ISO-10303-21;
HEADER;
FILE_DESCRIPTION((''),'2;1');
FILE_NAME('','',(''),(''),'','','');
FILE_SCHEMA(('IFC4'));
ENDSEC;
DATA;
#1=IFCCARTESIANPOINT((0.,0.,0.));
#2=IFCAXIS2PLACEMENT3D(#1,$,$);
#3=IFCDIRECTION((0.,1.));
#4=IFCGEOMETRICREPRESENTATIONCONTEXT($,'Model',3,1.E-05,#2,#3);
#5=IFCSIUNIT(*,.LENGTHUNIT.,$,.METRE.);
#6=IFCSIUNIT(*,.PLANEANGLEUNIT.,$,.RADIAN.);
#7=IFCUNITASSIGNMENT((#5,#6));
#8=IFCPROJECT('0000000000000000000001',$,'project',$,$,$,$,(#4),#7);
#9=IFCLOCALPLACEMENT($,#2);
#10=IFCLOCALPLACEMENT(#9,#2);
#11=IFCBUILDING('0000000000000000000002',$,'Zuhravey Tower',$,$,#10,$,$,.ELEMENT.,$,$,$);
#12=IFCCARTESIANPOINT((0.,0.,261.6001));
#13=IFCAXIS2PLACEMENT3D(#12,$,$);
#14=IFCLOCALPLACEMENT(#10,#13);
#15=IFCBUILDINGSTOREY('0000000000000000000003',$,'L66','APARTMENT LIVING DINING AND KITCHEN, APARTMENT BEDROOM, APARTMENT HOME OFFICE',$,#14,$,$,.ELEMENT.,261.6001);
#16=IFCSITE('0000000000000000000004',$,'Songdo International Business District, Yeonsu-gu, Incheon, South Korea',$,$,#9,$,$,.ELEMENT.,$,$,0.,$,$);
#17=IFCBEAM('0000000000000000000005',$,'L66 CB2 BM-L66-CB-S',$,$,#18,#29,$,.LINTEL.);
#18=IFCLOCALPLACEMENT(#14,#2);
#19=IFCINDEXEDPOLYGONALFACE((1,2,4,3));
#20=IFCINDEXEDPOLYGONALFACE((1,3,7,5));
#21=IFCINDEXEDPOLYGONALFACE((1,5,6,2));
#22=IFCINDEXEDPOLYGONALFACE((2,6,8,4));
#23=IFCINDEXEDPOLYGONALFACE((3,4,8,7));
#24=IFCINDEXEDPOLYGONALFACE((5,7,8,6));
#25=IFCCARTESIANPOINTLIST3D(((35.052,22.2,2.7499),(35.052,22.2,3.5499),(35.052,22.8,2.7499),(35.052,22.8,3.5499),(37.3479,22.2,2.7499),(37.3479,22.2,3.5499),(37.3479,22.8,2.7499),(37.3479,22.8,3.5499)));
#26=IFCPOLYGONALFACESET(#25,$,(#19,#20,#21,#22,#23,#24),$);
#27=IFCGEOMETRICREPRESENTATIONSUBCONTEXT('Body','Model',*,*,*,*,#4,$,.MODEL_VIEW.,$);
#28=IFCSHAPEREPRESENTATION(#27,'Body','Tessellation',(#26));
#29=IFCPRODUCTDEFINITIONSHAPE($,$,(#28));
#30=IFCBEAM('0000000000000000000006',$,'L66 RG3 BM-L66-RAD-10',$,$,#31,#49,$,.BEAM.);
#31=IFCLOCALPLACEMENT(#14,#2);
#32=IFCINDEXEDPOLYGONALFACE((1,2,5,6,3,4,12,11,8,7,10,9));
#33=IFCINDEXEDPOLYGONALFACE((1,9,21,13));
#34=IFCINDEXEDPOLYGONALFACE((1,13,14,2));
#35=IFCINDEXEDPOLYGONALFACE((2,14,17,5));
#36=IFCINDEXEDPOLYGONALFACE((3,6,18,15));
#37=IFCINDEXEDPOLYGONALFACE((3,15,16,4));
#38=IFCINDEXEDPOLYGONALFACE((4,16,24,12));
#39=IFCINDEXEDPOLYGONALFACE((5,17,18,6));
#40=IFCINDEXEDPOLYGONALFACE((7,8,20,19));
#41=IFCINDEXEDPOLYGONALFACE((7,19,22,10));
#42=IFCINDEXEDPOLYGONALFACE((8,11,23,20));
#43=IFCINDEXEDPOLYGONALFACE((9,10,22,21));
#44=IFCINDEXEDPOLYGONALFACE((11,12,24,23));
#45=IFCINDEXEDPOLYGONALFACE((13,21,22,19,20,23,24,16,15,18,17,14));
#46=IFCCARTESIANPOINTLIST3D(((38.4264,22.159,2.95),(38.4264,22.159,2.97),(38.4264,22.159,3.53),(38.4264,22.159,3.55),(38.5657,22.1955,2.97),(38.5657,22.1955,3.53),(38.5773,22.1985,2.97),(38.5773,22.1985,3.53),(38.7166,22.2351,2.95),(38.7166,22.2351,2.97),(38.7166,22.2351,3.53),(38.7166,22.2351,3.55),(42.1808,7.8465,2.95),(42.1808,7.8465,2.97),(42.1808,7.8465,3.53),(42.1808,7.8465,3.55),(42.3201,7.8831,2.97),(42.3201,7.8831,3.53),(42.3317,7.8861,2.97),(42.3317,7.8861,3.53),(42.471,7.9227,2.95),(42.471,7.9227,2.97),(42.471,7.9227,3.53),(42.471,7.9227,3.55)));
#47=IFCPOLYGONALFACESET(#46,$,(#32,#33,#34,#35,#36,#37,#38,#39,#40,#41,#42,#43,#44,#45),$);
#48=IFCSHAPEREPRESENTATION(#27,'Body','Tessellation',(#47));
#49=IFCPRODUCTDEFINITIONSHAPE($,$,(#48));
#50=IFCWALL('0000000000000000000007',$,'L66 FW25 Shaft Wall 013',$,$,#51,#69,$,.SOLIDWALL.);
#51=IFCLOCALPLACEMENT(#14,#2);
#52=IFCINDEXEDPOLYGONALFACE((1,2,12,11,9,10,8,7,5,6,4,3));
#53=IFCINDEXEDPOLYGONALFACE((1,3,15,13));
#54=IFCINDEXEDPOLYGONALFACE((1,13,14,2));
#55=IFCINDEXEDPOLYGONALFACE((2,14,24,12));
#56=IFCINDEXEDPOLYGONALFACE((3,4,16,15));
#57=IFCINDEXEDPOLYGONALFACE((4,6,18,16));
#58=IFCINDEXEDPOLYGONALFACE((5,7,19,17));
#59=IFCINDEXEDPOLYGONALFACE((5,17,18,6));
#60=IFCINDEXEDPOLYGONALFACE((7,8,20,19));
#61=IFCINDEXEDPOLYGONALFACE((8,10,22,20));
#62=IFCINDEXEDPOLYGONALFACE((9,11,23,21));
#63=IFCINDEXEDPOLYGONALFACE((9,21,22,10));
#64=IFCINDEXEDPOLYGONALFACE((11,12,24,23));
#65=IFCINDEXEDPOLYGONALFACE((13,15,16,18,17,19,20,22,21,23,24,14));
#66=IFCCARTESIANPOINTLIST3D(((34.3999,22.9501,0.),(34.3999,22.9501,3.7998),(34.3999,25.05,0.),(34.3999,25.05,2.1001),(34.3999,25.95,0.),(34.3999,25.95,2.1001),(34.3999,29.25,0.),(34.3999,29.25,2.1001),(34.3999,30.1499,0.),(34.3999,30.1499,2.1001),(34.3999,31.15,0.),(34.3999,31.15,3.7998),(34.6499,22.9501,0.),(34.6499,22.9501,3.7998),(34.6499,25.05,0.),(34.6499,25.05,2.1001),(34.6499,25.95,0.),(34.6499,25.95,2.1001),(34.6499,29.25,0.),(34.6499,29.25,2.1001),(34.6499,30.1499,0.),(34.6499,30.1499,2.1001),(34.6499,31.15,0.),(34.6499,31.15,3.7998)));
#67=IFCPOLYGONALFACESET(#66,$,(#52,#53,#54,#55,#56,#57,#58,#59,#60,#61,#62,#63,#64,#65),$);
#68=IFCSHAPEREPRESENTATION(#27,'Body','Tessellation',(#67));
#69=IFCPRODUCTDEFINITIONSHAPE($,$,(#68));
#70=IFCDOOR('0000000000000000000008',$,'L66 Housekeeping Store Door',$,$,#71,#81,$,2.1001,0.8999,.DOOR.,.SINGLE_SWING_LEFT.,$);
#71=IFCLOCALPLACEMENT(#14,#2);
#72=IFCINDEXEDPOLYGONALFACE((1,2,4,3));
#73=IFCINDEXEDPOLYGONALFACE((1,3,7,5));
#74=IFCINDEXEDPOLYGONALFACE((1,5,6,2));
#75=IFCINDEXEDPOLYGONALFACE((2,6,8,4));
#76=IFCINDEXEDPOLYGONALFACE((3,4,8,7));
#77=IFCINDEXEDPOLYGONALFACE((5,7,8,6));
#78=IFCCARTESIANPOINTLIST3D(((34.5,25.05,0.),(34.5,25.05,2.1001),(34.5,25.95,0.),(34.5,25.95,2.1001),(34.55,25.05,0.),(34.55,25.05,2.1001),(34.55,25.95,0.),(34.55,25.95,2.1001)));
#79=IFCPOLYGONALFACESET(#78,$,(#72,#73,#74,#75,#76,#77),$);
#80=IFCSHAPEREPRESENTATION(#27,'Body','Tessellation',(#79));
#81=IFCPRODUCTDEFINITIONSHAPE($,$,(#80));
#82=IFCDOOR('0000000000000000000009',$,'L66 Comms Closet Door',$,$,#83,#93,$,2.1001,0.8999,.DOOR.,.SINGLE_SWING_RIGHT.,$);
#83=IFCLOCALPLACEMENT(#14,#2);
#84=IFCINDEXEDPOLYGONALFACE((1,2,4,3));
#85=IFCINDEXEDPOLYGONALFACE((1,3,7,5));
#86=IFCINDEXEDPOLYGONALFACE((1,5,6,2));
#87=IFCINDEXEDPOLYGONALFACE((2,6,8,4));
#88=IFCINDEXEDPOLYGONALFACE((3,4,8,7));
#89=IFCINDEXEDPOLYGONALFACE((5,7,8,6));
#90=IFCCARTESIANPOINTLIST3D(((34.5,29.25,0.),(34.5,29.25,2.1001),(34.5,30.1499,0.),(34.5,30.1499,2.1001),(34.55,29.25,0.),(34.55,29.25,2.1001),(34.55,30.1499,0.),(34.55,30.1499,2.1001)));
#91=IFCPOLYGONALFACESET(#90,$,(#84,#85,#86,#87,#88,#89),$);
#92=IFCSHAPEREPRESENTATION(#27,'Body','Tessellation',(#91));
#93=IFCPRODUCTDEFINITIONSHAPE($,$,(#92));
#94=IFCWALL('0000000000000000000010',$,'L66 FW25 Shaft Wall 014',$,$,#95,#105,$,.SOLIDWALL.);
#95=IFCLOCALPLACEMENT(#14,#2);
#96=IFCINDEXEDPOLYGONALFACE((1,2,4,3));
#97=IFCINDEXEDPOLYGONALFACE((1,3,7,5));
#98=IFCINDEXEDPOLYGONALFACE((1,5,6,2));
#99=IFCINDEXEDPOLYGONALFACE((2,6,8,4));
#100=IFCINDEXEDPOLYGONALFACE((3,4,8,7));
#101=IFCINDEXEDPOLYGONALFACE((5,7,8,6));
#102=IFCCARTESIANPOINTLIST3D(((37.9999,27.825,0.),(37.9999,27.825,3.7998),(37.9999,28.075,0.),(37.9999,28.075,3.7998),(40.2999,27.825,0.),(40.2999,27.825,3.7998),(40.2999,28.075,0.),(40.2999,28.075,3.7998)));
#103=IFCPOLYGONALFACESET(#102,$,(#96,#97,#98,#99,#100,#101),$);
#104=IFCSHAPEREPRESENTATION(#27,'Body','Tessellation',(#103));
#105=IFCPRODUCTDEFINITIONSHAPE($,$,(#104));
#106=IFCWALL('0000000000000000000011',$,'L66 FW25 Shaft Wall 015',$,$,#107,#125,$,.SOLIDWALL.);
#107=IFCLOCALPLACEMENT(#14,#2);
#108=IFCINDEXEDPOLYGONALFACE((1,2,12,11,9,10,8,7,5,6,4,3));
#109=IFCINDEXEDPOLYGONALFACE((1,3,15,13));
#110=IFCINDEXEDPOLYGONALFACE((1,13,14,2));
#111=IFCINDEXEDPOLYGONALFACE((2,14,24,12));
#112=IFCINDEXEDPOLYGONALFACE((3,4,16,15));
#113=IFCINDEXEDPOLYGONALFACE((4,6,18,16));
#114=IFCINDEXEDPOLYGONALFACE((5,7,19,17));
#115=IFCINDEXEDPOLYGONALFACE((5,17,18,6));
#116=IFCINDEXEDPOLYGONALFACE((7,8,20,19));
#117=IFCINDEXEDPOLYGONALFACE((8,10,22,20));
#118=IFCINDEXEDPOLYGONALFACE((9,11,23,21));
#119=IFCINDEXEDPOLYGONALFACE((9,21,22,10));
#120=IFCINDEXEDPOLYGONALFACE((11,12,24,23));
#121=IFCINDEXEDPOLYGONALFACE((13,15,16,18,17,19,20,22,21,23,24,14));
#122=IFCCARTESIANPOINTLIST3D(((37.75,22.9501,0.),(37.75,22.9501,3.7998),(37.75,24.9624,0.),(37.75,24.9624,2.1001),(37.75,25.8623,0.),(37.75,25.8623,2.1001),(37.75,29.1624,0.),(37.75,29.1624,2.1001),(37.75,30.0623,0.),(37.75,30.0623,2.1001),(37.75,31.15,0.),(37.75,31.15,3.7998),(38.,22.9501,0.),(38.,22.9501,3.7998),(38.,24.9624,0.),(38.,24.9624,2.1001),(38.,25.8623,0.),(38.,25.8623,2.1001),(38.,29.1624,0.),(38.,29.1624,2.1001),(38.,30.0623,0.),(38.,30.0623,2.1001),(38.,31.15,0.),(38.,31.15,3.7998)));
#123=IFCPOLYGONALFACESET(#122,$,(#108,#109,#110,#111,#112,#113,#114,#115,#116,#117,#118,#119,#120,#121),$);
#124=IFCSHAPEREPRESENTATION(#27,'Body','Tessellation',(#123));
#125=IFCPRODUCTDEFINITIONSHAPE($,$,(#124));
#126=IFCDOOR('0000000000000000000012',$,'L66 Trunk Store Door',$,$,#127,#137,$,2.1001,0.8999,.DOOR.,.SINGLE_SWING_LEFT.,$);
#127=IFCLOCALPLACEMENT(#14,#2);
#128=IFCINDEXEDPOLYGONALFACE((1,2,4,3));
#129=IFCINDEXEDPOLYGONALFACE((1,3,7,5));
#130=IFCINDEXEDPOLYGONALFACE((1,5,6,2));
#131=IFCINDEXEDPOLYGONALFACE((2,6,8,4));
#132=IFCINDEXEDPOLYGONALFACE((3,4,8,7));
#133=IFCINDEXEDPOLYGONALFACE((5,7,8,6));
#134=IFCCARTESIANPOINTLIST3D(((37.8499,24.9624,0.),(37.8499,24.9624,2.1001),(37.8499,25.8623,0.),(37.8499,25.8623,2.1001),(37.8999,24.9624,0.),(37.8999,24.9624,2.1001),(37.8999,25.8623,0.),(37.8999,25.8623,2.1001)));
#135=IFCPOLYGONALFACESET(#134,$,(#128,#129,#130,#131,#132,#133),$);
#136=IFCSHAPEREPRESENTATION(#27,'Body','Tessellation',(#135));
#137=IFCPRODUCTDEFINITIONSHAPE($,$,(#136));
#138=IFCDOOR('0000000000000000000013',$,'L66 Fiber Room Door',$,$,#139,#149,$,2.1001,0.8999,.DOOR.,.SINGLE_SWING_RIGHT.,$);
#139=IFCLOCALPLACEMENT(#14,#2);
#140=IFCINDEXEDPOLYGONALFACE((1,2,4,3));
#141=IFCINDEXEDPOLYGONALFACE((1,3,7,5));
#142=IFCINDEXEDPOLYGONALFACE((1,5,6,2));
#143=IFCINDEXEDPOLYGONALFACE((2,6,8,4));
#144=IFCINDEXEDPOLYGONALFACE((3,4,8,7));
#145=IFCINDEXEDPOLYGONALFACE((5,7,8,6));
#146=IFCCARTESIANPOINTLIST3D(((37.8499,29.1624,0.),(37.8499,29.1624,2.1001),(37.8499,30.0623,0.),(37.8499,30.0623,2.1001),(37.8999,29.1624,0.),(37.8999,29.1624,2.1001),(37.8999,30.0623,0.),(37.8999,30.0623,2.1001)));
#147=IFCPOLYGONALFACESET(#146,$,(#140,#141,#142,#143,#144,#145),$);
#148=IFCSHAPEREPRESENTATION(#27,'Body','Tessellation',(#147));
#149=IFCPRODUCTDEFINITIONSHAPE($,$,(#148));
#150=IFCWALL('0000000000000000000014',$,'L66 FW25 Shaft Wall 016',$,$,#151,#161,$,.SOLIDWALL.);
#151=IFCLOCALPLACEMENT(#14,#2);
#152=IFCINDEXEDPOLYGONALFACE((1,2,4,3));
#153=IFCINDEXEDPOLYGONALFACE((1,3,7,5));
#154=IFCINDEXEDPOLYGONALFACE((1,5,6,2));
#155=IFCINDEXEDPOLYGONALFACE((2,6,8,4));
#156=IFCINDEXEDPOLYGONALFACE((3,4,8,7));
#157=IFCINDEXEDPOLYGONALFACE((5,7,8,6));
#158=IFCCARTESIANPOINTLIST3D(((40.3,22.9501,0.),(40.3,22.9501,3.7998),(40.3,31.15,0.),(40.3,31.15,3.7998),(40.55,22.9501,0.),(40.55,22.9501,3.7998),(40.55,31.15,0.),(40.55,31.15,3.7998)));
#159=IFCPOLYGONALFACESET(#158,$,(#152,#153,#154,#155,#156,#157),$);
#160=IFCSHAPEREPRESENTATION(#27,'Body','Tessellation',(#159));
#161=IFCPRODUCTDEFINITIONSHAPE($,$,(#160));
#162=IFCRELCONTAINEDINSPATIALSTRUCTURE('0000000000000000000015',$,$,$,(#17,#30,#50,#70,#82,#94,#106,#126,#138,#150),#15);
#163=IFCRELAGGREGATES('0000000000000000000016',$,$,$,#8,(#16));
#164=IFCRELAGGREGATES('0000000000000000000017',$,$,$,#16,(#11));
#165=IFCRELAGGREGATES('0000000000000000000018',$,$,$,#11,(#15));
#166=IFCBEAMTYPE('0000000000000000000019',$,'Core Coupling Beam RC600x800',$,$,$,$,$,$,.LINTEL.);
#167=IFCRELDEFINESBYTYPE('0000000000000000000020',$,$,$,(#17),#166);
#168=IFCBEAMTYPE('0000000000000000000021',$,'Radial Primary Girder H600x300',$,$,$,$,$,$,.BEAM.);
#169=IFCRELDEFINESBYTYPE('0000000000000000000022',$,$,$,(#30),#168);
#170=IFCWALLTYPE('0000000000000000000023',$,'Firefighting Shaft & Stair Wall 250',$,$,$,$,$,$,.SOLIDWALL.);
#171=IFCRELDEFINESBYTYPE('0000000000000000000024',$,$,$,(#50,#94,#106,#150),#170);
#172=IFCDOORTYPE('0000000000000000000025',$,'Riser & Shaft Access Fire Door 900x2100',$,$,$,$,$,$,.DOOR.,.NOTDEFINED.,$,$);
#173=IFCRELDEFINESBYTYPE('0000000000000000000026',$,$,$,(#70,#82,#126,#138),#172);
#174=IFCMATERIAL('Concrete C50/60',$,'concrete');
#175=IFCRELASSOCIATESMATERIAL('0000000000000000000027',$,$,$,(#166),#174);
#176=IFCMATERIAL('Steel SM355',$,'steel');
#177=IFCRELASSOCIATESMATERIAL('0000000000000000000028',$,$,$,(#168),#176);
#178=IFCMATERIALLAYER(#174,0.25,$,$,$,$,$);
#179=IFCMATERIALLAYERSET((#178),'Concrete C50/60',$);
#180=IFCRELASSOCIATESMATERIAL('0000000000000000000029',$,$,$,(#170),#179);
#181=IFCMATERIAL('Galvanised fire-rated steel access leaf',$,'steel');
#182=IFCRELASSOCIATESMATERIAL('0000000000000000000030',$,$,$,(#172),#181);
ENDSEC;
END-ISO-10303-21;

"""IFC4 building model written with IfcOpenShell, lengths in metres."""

from ifc_helpers import new_model, si_unit, direction, frame, frame_2d, origin, origin_2d, place, context, subcontext, project, spatial, rectangle, i_section, extrude, material, layer, layer_set, material_profile, profile_set, type_object, element, fill, save


model = new_model("IFC4")

# Units and contexts
model_context = context("Model", 3, precision=1e-05, world=origin(), true_north=direction((0.0, 1.0)))
body_context = subcontext(model_context, "Body", "Model", "MODEL_VIEW")
ifc_project = project(units=[si_unit("LENGTHUNIT", "METRE"), si_unit("PLANEANGLEUNIT", "RADIAN")], contexts=[model_context])

# Site, building, storey
site_placement = place(None, origin())
site = spatial("IfcSite", under=ifc_project, at=site_placement, Name="Songdo International Business District, Yeonsu-gu, Incheon, South Korea", CompositionType="ELEMENT", RefElevation=0.0)
building_placement = place(site_placement, origin())
building = spatial("IfcBuilding", under=site, at=building_placement, Name="Zuhravey Tower", CompositionType="ELEMENT")
storey_placement = place(building_placement, frame((0.0, 0.0, 261.6001)))
storey = spatial("IfcBuildingStorey", under=building, at=storey_placement, Name="L66", Description="APARTMENT LIVING DINING AND KITCHEN, APARTMENT BEDROOM, APARTMENT HOME OFFICE", CompositionType="ELEMENT", Elevation=261.6001)

# Beams
ifc_material_1 = material(Name="Concrete C50/60", Category="concrete")
ifc_material_profile_1 = material_profile(ifc_material_1, rectangle(XDim=0.6001, YDim=0.8, at=origin_2d()), Name="RC-600x800")
ifc_profile_set_1 = profile_set([ifc_material_profile_1], Name="Concrete C50/60")
beam_type_1 = type_object("IfcBeamType", Name="Core Coupling Beam RC600x800", PredefinedType="LINTEL", material=ifc_profile_set_1)
beam_1_placement = place(storey_placement, frame((35.052, 22.5, 3.1499), z_axis=(1.0, 0.0, 0.0), x_axis=(0.0, 1.0, 0.0)))
element("IfcBeam", 1, at=beam_1_placement, inside=storey, type_object=beam_type_1, Name="L66 CB2 BM-L66-CB-S", PredefinedType="LINTEL", context=body_context, shape_type="SweptSolid", body=[
    extrude(rectangle(XDim=0.6001, YDim=0.8, at=origin_2d()), origin(), (0.0, 0.0, 1.0), 2.2959),
])
ifc_material_2 = material(Name="Steel SM355", Category="steel")
ifc_material_profile_2 = material_profile(ifc_material_2, i_section(OverallWidth=0.3, OverallDepth=0.6001, WebThickness=0.012, FlangeThickness=0.02, at=origin_2d()), Name="H-600x300x12x20")
ifc_profile_set_2 = profile_set([ifc_material_profile_2], Name="Steel SM355")
beam_type_2 = type_object("IfcBeamType", Name="Radial Primary Girder H600x300", PredefinedType="BEAM", material=ifc_profile_set_2)
beam_2_placement = place(storey_placement, frame((38.5715, 22.197, 3.25), z_axis=(0.253731, -0.967275, 0.0), x_axis=(0.967275, 0.253731, 0.0)))
element("IfcBeam", 2, at=beam_2_placement, inside=storey, type_object=beam_type_2, Name="L66 RG3 BM-L66-RAD-10", PredefinedType="BEAM", context=body_context, shape_type="SweptSolid", body=[
    extrude(i_section(OverallWidth=0.3, OverallDepth=0.6001, WebThickness=0.012, FlangeThickness=0.02, at=origin_2d()), origin(), (0.0, 0.0, 1.0), 14.7966),
])

# Shared definitions
ifc_layer_1 = layer(ifc_material_1, 0.25)
ifc_layer_set_1 = layer_set([ifc_layer_1], Name="Concrete C50/60")
wall_type_1 = type_object("IfcWallType", Name="Firefighting Shaft & Stair Wall 250", PredefinedType="SOLIDWALL", material=ifc_layer_set_1)

# Wall, openings, doors
wall_1_placement = place(storey_placement, frame((34.5249, 22.95, 0.0), z_axis=(0.0, 0.0, 1.0), x_axis=(0.0, 1.0, 0.0)))
wall_1 = element("IfcWall", 3, at=wall_1_placement, inside=storey, type_object=wall_type_1, Name="L66 FW25 Shaft Wall 013", PredefinedType="SOLIDWALL", context=body_context, shape_type="SweptSolid", body=[
    extrude(rectangle(XDim=8.2, YDim=0.25, at=frame_2d((4.1001, 0.0))), origin(), (0.0, 0.0, 1.0), 3.7998),
])
opening_1_placement = place(wall_1_placement, frame((2.1001, 0.0, 0.0)))
opening_1 = element("IfcOpeningElement", 4, at=opening_1_placement, cuts=wall_1, PredefinedType="OPENING", context=body_context, shape_type="SweptSolid", body=[
    extrude(rectangle(XDim=0.8999, YDim=2.1001, at=frame_2d((0.45, 1.05))), frame((0.0, 0.137, 0.0), z_axis=(0.0, -1.0, 0.0), x_axis=(1.0, 0.0, 0.0)), (0.0, 0.0, 1.0), 0.2739),
])
opening_2_placement = place(wall_1_placement, frame((6.3, 0.0, 0.0)))
opening_2 = element("IfcOpeningElement", 5, at=opening_2_placement, cuts=wall_1, PredefinedType="OPENING", context=body_context, shape_type="SweptSolid", body=[
    extrude(rectangle(XDim=0.8999, YDim=2.1001, at=frame_2d((0.45, 1.05))), frame((0.0, 0.137, 0.0), z_axis=(0.0, -1.0, 0.0), x_axis=(1.0, 0.0, 0.0)), (0.0, 0.0, 1.0), 0.2739),
])
ifc_material_3 = material(Name="Galvanised fire-rated steel access leaf", Category="steel")
door_type_1 = type_object("IfcDoorType", Name="Riser & Shaft Access Fire Door 900x2100", OperationType="NOTDEFINED", PredefinedType="DOOR", material=ifc_material_3)
door_1_placement = place(opening_1_placement, origin())
door_1 = element("IfcDoor", 6, at=door_1_placement, inside=storey, type_object=door_type_1, Name="L66 Housekeeping Store Door", OperationType="SINGLE_SWING_LEFT", OverallHeight=2.1001, OverallWidth=0.8999, PredefinedType="DOOR", context=body_context, shape_type="SweptSolid", body=[
    extrude(rectangle(XDim=0.8999, YDim=2.1001, at=frame_2d((0.45, 1.05))), frame((0.0, 0.0249, 0.0), z_axis=(0.0, -1.0, 0.0), x_axis=(1.0, 0.0, 0.0)), (0.0, 0.0, 1.0), 0.05),
])
fill(opening_1, door_1)
door_2_placement = place(opening_2_placement, origin())
door_2 = element("IfcDoor", 7, at=door_2_placement, inside=storey, type_object=door_type_1, Name="L66 Comms Closet Door", OperationType="SINGLE_SWING_RIGHT", OverallHeight=2.1001, OverallWidth=0.8999, PredefinedType="DOOR", context=body_context, shape_type="SweptSolid", body=[
    extrude(rectangle(XDim=0.8999, YDim=2.1001, at=frame_2d((0.45, 1.05))), frame((0.0, 0.0249, 0.0), z_axis=(0.0, -1.0, 0.0), x_axis=(1.0, 0.0, 0.0)), (0.0, 0.0, 1.0), 0.05),
])
fill(opening_2, door_2)

# Wall
wall_2_placement = place(storey_placement, frame((38.0, 27.95, 0.0), z_axis=(0.0, 0.0, 1.0), x_axis=(1.0, 0.0, 0.0)))
element("IfcWall", 8, at=wall_2_placement, inside=storey, type_object=wall_type_1, Name="L66 FW25 Shaft Wall 014", PredefinedType="SOLIDWALL", context=body_context, shape_type="SweptSolid", body=[
    extrude(rectangle(XDim=2.3, YDim=0.25, at=frame_2d((1.1499, 0.0))), origin(), (0.0, 0.0, 1.0), 3.7998),
])

# Wall, openings, doors
wall_3_placement = place(storey_placement, frame((37.875, 22.95, 0.0), z_axis=(0.0, 0.0, 1.0), x_axis=(0.0, 1.0, 0.0)))
wall_3 = element("IfcWall", 9, at=wall_3_placement, inside=storey, type_object=wall_type_1, Name="L66 FW25 Shaft Wall 015", PredefinedType="SOLIDWALL", context=body_context, shape_type="SweptSolid", body=[
    extrude(rectangle(XDim=8.2, YDim=0.25, at=frame_2d((4.1001, 0.0))), origin(), (0.0, 0.0, 1.0), 3.7998),
])
opening_3_placement = place(wall_3_placement, frame((2.0125, 0.0, 0.0)))
opening_3 = element("IfcOpeningElement", 10, at=opening_3_placement, cuts=wall_3, PredefinedType="OPENING", context=body_context, shape_type="SweptSolid", body=[
    extrude(rectangle(XDim=0.8999, YDim=2.1001, at=frame_2d((0.45, 1.05))), frame((0.0, 0.137, 0.0), z_axis=(0.0, -1.0, 0.0), x_axis=(1.0, 0.0, 0.0)), (0.0, 0.0, 1.0), 0.2739),
])
opening_4_placement = place(wall_3_placement, frame((6.2124, 0.0, 0.0)))
opening_4 = element("IfcOpeningElement", 11, at=opening_4_placement, cuts=wall_3, PredefinedType="OPENING", context=body_context, shape_type="SweptSolid", body=[
    extrude(rectangle(XDim=0.8999, YDim=2.1001, at=frame_2d((0.45, 1.05))), frame((0.0, 0.137, 0.0), z_axis=(0.0, -1.0, 0.0), x_axis=(1.0, 0.0, 0.0)), (0.0, 0.0, 1.0), 0.2739),
])
door_3_placement = place(opening_3_placement, frame((0.8999, 0.0, 0.0), z_axis=(0.0, 0.0, 1.0), x_axis=(-1.0, 0.0, 0.0)))
door_3 = element("IfcDoor", 12, at=door_3_placement, inside=storey, type_object=door_type_1, Name="L66 Trunk Store Door", OperationType="SINGLE_SWING_LEFT", OverallHeight=2.1001, OverallWidth=0.8999, PredefinedType="DOOR", context=body_context, shape_type="SweptSolid", body=[
    extrude(rectangle(XDim=0.8999, YDim=2.1001, at=frame_2d((0.45, 1.05))), frame((0.0, 0.0249, 0.0), z_axis=(0.0, -1.0, 0.0), x_axis=(1.0, 0.0, 0.0)), (0.0, 0.0, 1.0), 0.05),
])
fill(opening_3, door_3)
door_4_placement = place(opening_4_placement, frame((0.8999, 0.0, 0.0), z_axis=(0.0, 0.0, 1.0), x_axis=(-1.0, 0.0, 0.0)))
door_4 = element("IfcDoor", 13, at=door_4_placement, inside=storey, type_object=door_type_1, Name="L66 Fiber Room Door", OperationType="SINGLE_SWING_RIGHT", OverallHeight=2.1001, OverallWidth=0.8999, PredefinedType="DOOR", context=body_context, shape_type="SweptSolid", body=[
    extrude(rectangle(XDim=0.8999, YDim=2.1001, at=frame_2d((0.45, 1.05))), frame((0.0, 0.0249, 0.0), z_axis=(0.0, -1.0, 0.0), x_axis=(1.0, 0.0, 0.0)), (0.0, 0.0, 1.0), 0.05),
])
fill(opening_4, door_4)

# Wall
wall_4_placement = place(storey_placement, frame((40.425, 22.95, 0.0), z_axis=(0.0, 0.0, 1.0), x_axis=(0.0, 1.0, 0.0)))
element("IfcWall", 14, at=wall_4_placement, inside=storey, type_object=wall_type_1, Name="L66 FW25 Shaft Wall 016", PredefinedType="SOLIDWALL", context=body_context, shape_type="SweptSolid", body=[
    extrude(rectangle(XDim=8.2, YDim=0.25, at=frame_2d((4.1001, 0.0))), origin(), (0.0, 0.0, 1.0), 3.7998),
])

save(model, "model.ifc")
